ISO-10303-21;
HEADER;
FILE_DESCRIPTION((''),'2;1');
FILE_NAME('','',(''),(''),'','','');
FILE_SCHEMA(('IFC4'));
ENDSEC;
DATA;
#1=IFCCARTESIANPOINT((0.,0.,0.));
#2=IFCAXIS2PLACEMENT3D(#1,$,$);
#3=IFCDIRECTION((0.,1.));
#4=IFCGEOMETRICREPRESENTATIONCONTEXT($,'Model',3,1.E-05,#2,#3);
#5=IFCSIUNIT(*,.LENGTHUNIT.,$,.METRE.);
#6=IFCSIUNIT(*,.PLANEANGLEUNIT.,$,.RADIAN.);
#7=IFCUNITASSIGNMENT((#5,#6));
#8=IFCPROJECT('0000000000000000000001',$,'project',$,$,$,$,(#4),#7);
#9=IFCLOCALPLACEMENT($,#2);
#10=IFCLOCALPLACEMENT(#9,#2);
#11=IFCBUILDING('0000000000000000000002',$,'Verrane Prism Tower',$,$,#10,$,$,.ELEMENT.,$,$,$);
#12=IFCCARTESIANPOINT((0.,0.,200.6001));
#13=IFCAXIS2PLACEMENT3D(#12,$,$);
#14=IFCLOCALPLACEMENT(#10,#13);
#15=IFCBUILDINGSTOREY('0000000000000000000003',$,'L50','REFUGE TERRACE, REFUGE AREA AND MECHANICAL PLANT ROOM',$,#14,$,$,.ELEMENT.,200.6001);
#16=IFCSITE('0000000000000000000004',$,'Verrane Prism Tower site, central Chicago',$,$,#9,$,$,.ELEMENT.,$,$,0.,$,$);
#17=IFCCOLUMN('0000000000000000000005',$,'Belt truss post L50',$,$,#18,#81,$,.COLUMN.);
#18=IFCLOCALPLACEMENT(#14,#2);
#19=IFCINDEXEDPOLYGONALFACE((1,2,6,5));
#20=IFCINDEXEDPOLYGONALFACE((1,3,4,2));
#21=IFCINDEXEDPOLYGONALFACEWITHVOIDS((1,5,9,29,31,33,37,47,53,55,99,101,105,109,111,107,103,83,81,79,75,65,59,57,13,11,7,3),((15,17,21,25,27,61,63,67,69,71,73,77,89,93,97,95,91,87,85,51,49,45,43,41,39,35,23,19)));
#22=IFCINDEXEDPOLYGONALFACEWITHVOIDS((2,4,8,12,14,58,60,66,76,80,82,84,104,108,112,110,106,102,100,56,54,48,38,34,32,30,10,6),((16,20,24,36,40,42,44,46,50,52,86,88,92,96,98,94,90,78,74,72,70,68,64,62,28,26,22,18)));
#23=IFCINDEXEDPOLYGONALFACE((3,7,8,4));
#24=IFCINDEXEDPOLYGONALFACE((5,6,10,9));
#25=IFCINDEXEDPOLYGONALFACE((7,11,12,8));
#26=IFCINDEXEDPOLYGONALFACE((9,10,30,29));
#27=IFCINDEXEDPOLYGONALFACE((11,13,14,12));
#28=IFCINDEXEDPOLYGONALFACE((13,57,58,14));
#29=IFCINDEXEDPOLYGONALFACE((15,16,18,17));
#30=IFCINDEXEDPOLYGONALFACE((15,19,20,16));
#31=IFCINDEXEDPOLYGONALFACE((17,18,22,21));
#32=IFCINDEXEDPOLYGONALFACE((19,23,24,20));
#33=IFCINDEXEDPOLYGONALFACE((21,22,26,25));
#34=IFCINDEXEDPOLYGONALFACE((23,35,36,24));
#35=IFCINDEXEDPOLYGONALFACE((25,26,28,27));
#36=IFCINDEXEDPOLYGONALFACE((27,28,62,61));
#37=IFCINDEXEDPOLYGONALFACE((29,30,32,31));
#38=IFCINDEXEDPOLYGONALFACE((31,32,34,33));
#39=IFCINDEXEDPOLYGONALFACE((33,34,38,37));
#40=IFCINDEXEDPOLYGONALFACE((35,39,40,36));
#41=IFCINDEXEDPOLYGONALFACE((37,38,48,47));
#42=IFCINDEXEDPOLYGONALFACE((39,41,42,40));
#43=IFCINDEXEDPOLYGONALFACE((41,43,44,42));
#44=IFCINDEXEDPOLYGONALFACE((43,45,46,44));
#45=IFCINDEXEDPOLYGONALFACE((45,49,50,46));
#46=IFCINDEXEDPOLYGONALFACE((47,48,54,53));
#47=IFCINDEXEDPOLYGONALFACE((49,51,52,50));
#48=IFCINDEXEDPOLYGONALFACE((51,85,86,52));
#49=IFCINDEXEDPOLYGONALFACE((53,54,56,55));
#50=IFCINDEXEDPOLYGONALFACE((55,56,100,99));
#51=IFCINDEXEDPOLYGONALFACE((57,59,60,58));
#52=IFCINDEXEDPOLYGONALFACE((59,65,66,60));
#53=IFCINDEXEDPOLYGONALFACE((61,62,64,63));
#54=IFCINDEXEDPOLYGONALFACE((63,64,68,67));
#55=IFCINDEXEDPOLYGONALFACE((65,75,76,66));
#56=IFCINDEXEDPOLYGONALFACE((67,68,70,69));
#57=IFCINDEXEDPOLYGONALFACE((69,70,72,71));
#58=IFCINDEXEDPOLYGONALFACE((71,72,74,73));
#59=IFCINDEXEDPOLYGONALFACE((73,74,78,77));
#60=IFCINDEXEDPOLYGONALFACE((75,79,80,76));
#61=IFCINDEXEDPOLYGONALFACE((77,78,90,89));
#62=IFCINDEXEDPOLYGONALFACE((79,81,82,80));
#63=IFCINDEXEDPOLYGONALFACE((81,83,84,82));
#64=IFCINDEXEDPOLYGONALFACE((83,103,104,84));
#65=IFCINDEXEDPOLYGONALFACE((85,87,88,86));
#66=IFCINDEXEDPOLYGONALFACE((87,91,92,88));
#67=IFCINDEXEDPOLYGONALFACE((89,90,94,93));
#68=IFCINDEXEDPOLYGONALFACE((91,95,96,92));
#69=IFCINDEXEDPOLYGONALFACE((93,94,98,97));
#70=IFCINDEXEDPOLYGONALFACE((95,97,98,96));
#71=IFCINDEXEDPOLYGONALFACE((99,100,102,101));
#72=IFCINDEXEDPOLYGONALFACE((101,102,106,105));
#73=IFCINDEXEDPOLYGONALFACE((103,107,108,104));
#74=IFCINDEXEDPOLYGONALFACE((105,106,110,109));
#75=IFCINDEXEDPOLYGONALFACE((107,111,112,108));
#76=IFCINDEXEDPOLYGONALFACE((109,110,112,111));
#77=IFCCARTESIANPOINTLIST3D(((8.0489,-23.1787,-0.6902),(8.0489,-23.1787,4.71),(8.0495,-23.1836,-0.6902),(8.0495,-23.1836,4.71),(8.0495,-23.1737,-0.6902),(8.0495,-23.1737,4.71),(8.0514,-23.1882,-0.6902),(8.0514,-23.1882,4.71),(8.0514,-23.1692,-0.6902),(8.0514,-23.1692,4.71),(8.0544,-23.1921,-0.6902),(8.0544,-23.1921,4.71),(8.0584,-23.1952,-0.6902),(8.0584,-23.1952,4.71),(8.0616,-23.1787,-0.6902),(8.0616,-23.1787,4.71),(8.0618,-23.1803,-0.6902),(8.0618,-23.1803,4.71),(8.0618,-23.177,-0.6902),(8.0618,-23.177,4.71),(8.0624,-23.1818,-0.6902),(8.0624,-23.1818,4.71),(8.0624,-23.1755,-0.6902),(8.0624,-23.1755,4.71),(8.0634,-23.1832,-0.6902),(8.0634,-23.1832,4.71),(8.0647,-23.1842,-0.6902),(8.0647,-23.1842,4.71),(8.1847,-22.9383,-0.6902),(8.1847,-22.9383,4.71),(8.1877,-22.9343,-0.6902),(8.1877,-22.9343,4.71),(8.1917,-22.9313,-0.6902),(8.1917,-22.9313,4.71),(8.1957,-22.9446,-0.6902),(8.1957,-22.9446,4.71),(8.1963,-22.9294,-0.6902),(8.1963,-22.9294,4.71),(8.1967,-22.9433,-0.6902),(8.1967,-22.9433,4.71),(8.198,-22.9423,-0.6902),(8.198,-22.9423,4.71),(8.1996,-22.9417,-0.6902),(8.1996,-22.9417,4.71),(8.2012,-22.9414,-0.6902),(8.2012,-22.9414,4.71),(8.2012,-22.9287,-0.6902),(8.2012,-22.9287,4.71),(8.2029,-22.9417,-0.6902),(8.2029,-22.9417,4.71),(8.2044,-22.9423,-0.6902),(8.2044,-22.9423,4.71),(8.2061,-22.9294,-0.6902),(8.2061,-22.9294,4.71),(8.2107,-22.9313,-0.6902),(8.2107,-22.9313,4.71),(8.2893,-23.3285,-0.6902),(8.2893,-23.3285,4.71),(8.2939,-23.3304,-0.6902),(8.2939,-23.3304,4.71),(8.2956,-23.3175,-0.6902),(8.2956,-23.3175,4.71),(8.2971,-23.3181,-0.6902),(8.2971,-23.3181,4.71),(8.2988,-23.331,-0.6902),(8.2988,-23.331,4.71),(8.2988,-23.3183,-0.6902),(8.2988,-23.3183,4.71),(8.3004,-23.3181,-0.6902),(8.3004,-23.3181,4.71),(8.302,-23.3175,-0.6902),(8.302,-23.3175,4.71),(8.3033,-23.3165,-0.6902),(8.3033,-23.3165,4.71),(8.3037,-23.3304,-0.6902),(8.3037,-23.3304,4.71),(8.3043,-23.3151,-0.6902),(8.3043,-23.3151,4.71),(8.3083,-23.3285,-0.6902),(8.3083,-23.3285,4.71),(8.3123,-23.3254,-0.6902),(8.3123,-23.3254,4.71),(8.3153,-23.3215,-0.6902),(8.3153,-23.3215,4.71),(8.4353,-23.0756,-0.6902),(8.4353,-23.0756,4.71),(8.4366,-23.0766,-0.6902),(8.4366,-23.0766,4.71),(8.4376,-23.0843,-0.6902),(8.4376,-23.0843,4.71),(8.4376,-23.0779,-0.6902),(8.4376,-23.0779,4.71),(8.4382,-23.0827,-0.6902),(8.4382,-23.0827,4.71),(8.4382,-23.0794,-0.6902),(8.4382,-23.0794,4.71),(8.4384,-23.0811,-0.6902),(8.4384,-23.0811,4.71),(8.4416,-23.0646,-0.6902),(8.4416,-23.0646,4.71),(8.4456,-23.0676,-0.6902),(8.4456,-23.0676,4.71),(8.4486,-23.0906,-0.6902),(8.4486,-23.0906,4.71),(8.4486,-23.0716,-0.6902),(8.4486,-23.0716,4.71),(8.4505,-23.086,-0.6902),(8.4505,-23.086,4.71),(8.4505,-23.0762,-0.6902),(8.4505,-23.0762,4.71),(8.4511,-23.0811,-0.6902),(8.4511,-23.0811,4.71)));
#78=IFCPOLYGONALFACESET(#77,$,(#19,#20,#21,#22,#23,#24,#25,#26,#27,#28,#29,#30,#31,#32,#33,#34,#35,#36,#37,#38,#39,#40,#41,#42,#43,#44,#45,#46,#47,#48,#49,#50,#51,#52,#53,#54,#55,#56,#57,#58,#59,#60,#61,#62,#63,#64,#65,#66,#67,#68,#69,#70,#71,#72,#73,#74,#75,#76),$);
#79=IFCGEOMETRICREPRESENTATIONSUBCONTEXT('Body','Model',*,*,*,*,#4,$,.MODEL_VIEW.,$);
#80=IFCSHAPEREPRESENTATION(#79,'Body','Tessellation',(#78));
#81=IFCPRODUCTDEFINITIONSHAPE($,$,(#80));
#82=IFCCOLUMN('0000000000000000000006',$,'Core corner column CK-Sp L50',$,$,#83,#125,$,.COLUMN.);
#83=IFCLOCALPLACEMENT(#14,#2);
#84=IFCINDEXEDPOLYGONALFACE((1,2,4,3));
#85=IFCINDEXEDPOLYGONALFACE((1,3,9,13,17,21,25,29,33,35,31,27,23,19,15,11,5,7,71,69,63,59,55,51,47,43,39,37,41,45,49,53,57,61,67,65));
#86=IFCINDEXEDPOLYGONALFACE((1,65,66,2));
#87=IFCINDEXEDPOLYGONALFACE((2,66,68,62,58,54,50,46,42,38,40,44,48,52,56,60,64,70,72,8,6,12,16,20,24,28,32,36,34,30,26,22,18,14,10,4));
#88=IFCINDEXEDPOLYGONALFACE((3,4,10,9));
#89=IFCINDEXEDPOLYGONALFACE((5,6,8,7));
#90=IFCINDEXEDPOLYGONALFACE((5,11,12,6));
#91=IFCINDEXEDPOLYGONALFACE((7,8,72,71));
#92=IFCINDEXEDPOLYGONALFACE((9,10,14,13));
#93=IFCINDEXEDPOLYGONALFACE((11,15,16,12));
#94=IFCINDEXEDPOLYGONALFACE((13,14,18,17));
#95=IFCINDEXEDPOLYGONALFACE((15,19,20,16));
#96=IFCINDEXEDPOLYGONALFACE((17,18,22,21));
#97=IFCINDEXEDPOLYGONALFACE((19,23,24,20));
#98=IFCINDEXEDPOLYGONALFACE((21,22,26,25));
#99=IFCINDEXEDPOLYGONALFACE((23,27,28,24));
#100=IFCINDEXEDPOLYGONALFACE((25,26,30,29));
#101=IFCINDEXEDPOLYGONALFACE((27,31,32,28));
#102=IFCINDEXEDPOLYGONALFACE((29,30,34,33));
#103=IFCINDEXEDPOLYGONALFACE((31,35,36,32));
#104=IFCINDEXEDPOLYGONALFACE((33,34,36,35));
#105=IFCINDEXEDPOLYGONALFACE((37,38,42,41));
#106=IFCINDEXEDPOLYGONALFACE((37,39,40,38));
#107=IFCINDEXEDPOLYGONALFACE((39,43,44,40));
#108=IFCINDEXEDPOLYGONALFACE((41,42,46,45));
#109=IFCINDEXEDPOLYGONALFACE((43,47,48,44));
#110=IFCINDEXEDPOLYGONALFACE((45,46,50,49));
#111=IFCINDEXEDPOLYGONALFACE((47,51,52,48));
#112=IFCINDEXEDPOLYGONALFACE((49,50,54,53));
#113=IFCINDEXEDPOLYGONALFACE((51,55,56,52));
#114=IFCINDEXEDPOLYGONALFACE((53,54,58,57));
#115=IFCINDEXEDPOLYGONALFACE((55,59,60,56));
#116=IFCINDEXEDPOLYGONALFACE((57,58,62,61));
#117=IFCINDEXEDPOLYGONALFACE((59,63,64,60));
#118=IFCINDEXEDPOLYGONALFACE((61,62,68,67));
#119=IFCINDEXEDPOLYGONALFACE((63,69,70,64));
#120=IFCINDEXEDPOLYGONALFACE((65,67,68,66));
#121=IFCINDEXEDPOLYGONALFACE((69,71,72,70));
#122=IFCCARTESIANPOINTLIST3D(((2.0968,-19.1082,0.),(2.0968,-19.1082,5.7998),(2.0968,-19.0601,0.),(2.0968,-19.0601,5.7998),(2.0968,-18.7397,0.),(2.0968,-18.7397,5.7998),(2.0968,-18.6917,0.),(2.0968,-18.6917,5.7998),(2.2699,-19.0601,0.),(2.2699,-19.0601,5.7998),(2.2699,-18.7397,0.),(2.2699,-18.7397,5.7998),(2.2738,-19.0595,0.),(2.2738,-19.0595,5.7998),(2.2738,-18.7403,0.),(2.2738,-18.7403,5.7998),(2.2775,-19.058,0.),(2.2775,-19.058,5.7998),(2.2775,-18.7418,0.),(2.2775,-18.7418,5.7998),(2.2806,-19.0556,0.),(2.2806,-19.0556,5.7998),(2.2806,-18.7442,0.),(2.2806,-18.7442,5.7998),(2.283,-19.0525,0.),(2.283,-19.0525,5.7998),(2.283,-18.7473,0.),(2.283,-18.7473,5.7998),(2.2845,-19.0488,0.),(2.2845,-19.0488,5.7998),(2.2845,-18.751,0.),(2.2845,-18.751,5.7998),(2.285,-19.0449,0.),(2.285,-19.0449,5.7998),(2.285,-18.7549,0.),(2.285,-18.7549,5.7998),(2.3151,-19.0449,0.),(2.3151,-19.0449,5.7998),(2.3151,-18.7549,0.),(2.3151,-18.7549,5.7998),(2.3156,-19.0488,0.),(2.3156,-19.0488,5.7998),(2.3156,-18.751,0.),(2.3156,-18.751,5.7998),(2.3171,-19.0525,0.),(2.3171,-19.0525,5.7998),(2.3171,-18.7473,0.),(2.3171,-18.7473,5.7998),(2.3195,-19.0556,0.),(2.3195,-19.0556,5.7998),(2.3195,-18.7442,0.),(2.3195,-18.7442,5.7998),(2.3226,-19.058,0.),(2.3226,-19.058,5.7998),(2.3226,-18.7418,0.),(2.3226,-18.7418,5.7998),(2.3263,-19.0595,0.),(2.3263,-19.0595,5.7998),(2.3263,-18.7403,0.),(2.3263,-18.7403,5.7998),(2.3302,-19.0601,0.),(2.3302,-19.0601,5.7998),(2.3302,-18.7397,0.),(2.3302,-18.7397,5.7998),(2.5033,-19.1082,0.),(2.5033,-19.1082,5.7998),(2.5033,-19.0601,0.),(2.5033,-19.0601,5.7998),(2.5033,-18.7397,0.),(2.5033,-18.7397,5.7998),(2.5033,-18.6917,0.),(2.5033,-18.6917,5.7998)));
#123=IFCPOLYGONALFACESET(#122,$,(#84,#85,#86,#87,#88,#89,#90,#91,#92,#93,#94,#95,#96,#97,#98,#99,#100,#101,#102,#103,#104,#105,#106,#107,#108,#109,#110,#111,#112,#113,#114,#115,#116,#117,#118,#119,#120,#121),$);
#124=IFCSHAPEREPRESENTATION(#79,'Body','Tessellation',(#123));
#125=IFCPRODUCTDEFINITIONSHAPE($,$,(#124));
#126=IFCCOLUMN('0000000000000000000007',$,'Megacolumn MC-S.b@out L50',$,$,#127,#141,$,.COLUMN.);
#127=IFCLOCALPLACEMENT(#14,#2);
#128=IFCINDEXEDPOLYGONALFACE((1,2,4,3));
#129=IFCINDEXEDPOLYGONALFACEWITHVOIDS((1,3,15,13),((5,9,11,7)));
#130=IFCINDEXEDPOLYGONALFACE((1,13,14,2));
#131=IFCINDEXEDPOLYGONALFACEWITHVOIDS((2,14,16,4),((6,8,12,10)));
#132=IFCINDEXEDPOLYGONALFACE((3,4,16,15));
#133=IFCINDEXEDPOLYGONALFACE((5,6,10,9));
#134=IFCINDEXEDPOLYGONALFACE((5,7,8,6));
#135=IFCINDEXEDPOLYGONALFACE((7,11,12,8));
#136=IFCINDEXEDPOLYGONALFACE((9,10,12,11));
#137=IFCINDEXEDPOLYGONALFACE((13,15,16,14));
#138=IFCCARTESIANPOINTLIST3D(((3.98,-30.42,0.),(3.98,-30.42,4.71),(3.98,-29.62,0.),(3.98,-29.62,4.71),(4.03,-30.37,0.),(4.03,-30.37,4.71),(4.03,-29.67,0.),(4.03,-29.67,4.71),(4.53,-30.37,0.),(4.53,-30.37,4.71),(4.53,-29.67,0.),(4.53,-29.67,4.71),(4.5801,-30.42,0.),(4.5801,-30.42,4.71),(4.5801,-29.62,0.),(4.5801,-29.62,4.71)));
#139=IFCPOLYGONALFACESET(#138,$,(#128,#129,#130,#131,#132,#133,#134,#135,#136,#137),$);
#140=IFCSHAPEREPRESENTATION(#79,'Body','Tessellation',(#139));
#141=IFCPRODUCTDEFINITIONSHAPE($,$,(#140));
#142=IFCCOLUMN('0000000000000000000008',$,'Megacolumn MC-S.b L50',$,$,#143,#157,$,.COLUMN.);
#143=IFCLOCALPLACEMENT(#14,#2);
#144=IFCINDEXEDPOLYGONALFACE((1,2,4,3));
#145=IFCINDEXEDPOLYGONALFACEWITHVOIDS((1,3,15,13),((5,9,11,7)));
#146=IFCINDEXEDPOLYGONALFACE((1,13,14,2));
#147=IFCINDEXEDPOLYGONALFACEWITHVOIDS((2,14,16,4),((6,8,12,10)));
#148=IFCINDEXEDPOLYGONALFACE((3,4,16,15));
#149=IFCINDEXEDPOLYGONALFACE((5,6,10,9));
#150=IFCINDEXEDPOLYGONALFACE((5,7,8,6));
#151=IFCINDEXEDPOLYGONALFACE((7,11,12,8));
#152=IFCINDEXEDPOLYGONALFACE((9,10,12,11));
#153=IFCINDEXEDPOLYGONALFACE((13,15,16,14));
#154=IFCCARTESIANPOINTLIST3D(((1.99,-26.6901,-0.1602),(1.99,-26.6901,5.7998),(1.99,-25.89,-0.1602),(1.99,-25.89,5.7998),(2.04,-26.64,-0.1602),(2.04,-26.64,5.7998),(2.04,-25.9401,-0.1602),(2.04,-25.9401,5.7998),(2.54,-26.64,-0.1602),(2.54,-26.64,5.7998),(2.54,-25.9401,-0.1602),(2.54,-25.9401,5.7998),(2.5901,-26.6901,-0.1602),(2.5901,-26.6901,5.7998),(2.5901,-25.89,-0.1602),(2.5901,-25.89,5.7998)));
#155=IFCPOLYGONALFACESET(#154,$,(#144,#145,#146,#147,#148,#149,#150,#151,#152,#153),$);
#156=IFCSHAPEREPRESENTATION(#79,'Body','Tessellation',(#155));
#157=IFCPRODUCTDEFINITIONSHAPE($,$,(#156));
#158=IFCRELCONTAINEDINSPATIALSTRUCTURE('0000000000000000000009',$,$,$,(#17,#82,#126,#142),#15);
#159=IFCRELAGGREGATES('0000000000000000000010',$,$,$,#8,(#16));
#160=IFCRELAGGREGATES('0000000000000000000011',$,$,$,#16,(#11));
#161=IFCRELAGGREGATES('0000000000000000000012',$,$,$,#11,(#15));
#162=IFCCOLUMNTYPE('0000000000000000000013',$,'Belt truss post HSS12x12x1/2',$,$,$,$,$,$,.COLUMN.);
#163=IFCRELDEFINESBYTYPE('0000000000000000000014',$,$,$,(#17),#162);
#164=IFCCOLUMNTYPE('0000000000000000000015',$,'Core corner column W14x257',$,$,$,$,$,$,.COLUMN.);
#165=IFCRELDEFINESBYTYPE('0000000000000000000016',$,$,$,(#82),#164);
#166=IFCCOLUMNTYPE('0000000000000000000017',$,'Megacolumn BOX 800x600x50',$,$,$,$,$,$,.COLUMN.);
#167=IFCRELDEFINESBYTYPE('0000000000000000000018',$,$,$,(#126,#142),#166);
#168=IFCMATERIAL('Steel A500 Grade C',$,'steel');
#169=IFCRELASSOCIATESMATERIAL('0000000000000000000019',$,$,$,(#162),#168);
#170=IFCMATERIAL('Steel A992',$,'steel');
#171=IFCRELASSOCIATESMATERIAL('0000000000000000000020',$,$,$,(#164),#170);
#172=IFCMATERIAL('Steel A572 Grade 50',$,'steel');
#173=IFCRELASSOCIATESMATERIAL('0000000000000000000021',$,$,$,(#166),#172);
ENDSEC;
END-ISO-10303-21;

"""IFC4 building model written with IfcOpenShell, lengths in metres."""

from ifc_helpers import new_model, si_unit, direction, frame, origin, origin_2d, place, context, subcontext, project, spatial, hollow_rectangle, i_section, extrude, material, material_profile, profile_set, type_object, element, save


model = new_model("IFC4")

# Units and contexts
model_context = context("Model", 3, precision=1e-05, world=origin(), true_north=direction((0.0, 1.0)))
body_context = subcontext(model_context, "Body", "Model", "MODEL_VIEW")
ifc_project = project(units=[si_unit("LENGTHUNIT", "METRE"), si_unit("PLANEANGLEUNIT", "RADIAN")], contexts=[model_context])

# Site, building, storey
site_placement = place(None, origin())
site = spatial("IfcSite", under=ifc_project, at=site_placement, Name="Verrane Prism Tower site, central Chicago", CompositionType="ELEMENT", RefElevation=0.0)
building_placement = place(site_placement, origin())
building = spatial("IfcBuilding", under=site, at=building_placement, Name="Verrane Prism Tower", CompositionType="ELEMENT")
storey_placement = place(building_placement, frame((0.0, 0.0, 200.6001)))
storey = spatial("IfcBuildingStorey", under=building, at=storey_placement, Name="L50", Description="REFUGE TERRACE, REFUGE AREA AND MECHANICAL PLANT ROOM", CompositionType="ELEMENT", Elevation=200.6001)

# Columns
ifc_material_1 = material(Name="Steel A500 Grade C", Category="steel")
ifc_material_profile_1 = material_profile(ifc_material_1, hollow_rectangle(XDim=0.3047, YDim=0.3047, WallThickness=0.0127, InnerFilletRadius=0.0063, OuterFilletRadius=0.019, at=origin_2d()), Name="HSS12x12x1/2")
ifc_profile_set_1 = profile_set([ifc_material_profile_1], Name="Steel A500 Grade C")
column_type_1 = type_object("IfcColumnType", Name="Belt truss post HSS12x12x1/2", PredefinedType="COLUMN", material=ifc_profile_set_1)
column_1_placement = place(storey_placement, frame((8.25, -23.1299, -0.6902), z_axis=(0.0, 0.0, 1.0), x_axis=(-0.5, -0.866025, 0.0)))
element("IfcColumn", 1, at=column_1_placement, inside=storey, type_object=column_type_1, Name="Belt truss post L50", PredefinedType="COLUMN", context=body_context, shape_type="SweptSolid", body=[
    extrude(hollow_rectangle(XDim=0.3047, YDim=0.3047, WallThickness=0.0127, InnerFilletRadius=0.0063, OuterFilletRadius=0.019, at=origin_2d()), origin(), (0.0, 0.0, 1.0), 5.4001),
])
ifc_material_2 = material(Name="Steel A992", Category="steel")
ifc_material_profile_2 = material_profile(ifc_material_2, i_section(OverallWidth=0.4065, OverallDepth=0.4165, WebThickness=0.03, FlangeThickness=0.0481, FilletRadius=0.0151, at=origin_2d()), Name="W14x257")
ifc_profile_set_2 = profile_set([ifc_material_profile_2], Name="Steel A992")
column_type_2 = type_object("IfcColumnType", Name="Core corner column W14x257", PredefinedType="COLUMN", material=ifc_profile_set_2)
column_2_placement = place(storey_placement, frame((2.3, -18.8999, 0.0), z_axis=(0.0, 0.0, 1.0), x_axis=(-1.0, 0.0, 0.0)))
element("IfcColumn", 2, at=column_2_placement, inside=storey, type_object=column_type_2, Name="Core corner column CK-Sp L50", PredefinedType="COLUMN", context=body_context, shape_type="SweptSolid", body=[
    extrude(i_section(OverallWidth=0.4065, OverallDepth=0.4165, WebThickness=0.03, FlangeThickness=0.0481, FilletRadius=0.0151, at=origin_2d()), origin(), (0.0, 0.0, 1.0), 5.7998),
])
ifc_material_3 = material(Name="Steel A572 Grade 50", Category="steel")
ifc_material_profile_3 = material_profile(ifc_material_3, hollow_rectangle(XDim=0.6001, YDim=0.8, WallThickness=0.05, at=origin_2d()), Name="BOX 800x600x50")
ifc_profile_set_3 = profile_set([ifc_material_profile_3], Name="Steel A572 Grade 50")
column_type_3 = type_object("IfcColumnType", Name="Megacolumn BOX 800x600x50", PredefinedType="COLUMN", material=ifc_profile_set_3)
column_3_placement = place(storey_placement, frame((4.28, -30.02, 0.0), z_axis=(0.0, 0.0, 1.0), x_axis=(-1.0, 0.0, 0.0)))
element("IfcColumn", 3, at=column_3_placement, inside=storey, type_object=column_type_3, Name="Megacolumn MC-S.b@out L50", PredefinedType="COLUMN", context=body_context, shape_type="SweptSolid", body=[
    extrude(hollow_rectangle(XDim=0.6001, YDim=0.8, WallThickness=0.05, at=origin_2d()), origin(), (0.0, 0.0, 1.0), 4.71),
])
column_4_placement = place(storey_placement, frame((2.29, -26.29, -0.1602), z_axis=(0.0, 0.0, 1.0), x_axis=(-1.0, 0.0, 0.0)))
element("IfcColumn", 4, at=column_4_placement, inside=storey, type_object=column_type_3, Name="Megacolumn MC-S.b L50", PredefinedType="COLUMN", context=body_context, shape_type="SweptSolid", body=[
    extrude(hollow_rectangle(XDim=0.6001, YDim=0.8, WallThickness=0.05, at=origin_2d()), origin(), (0.0, 0.0, 1.0), 5.96),
])

save(model, "model.ifc")
